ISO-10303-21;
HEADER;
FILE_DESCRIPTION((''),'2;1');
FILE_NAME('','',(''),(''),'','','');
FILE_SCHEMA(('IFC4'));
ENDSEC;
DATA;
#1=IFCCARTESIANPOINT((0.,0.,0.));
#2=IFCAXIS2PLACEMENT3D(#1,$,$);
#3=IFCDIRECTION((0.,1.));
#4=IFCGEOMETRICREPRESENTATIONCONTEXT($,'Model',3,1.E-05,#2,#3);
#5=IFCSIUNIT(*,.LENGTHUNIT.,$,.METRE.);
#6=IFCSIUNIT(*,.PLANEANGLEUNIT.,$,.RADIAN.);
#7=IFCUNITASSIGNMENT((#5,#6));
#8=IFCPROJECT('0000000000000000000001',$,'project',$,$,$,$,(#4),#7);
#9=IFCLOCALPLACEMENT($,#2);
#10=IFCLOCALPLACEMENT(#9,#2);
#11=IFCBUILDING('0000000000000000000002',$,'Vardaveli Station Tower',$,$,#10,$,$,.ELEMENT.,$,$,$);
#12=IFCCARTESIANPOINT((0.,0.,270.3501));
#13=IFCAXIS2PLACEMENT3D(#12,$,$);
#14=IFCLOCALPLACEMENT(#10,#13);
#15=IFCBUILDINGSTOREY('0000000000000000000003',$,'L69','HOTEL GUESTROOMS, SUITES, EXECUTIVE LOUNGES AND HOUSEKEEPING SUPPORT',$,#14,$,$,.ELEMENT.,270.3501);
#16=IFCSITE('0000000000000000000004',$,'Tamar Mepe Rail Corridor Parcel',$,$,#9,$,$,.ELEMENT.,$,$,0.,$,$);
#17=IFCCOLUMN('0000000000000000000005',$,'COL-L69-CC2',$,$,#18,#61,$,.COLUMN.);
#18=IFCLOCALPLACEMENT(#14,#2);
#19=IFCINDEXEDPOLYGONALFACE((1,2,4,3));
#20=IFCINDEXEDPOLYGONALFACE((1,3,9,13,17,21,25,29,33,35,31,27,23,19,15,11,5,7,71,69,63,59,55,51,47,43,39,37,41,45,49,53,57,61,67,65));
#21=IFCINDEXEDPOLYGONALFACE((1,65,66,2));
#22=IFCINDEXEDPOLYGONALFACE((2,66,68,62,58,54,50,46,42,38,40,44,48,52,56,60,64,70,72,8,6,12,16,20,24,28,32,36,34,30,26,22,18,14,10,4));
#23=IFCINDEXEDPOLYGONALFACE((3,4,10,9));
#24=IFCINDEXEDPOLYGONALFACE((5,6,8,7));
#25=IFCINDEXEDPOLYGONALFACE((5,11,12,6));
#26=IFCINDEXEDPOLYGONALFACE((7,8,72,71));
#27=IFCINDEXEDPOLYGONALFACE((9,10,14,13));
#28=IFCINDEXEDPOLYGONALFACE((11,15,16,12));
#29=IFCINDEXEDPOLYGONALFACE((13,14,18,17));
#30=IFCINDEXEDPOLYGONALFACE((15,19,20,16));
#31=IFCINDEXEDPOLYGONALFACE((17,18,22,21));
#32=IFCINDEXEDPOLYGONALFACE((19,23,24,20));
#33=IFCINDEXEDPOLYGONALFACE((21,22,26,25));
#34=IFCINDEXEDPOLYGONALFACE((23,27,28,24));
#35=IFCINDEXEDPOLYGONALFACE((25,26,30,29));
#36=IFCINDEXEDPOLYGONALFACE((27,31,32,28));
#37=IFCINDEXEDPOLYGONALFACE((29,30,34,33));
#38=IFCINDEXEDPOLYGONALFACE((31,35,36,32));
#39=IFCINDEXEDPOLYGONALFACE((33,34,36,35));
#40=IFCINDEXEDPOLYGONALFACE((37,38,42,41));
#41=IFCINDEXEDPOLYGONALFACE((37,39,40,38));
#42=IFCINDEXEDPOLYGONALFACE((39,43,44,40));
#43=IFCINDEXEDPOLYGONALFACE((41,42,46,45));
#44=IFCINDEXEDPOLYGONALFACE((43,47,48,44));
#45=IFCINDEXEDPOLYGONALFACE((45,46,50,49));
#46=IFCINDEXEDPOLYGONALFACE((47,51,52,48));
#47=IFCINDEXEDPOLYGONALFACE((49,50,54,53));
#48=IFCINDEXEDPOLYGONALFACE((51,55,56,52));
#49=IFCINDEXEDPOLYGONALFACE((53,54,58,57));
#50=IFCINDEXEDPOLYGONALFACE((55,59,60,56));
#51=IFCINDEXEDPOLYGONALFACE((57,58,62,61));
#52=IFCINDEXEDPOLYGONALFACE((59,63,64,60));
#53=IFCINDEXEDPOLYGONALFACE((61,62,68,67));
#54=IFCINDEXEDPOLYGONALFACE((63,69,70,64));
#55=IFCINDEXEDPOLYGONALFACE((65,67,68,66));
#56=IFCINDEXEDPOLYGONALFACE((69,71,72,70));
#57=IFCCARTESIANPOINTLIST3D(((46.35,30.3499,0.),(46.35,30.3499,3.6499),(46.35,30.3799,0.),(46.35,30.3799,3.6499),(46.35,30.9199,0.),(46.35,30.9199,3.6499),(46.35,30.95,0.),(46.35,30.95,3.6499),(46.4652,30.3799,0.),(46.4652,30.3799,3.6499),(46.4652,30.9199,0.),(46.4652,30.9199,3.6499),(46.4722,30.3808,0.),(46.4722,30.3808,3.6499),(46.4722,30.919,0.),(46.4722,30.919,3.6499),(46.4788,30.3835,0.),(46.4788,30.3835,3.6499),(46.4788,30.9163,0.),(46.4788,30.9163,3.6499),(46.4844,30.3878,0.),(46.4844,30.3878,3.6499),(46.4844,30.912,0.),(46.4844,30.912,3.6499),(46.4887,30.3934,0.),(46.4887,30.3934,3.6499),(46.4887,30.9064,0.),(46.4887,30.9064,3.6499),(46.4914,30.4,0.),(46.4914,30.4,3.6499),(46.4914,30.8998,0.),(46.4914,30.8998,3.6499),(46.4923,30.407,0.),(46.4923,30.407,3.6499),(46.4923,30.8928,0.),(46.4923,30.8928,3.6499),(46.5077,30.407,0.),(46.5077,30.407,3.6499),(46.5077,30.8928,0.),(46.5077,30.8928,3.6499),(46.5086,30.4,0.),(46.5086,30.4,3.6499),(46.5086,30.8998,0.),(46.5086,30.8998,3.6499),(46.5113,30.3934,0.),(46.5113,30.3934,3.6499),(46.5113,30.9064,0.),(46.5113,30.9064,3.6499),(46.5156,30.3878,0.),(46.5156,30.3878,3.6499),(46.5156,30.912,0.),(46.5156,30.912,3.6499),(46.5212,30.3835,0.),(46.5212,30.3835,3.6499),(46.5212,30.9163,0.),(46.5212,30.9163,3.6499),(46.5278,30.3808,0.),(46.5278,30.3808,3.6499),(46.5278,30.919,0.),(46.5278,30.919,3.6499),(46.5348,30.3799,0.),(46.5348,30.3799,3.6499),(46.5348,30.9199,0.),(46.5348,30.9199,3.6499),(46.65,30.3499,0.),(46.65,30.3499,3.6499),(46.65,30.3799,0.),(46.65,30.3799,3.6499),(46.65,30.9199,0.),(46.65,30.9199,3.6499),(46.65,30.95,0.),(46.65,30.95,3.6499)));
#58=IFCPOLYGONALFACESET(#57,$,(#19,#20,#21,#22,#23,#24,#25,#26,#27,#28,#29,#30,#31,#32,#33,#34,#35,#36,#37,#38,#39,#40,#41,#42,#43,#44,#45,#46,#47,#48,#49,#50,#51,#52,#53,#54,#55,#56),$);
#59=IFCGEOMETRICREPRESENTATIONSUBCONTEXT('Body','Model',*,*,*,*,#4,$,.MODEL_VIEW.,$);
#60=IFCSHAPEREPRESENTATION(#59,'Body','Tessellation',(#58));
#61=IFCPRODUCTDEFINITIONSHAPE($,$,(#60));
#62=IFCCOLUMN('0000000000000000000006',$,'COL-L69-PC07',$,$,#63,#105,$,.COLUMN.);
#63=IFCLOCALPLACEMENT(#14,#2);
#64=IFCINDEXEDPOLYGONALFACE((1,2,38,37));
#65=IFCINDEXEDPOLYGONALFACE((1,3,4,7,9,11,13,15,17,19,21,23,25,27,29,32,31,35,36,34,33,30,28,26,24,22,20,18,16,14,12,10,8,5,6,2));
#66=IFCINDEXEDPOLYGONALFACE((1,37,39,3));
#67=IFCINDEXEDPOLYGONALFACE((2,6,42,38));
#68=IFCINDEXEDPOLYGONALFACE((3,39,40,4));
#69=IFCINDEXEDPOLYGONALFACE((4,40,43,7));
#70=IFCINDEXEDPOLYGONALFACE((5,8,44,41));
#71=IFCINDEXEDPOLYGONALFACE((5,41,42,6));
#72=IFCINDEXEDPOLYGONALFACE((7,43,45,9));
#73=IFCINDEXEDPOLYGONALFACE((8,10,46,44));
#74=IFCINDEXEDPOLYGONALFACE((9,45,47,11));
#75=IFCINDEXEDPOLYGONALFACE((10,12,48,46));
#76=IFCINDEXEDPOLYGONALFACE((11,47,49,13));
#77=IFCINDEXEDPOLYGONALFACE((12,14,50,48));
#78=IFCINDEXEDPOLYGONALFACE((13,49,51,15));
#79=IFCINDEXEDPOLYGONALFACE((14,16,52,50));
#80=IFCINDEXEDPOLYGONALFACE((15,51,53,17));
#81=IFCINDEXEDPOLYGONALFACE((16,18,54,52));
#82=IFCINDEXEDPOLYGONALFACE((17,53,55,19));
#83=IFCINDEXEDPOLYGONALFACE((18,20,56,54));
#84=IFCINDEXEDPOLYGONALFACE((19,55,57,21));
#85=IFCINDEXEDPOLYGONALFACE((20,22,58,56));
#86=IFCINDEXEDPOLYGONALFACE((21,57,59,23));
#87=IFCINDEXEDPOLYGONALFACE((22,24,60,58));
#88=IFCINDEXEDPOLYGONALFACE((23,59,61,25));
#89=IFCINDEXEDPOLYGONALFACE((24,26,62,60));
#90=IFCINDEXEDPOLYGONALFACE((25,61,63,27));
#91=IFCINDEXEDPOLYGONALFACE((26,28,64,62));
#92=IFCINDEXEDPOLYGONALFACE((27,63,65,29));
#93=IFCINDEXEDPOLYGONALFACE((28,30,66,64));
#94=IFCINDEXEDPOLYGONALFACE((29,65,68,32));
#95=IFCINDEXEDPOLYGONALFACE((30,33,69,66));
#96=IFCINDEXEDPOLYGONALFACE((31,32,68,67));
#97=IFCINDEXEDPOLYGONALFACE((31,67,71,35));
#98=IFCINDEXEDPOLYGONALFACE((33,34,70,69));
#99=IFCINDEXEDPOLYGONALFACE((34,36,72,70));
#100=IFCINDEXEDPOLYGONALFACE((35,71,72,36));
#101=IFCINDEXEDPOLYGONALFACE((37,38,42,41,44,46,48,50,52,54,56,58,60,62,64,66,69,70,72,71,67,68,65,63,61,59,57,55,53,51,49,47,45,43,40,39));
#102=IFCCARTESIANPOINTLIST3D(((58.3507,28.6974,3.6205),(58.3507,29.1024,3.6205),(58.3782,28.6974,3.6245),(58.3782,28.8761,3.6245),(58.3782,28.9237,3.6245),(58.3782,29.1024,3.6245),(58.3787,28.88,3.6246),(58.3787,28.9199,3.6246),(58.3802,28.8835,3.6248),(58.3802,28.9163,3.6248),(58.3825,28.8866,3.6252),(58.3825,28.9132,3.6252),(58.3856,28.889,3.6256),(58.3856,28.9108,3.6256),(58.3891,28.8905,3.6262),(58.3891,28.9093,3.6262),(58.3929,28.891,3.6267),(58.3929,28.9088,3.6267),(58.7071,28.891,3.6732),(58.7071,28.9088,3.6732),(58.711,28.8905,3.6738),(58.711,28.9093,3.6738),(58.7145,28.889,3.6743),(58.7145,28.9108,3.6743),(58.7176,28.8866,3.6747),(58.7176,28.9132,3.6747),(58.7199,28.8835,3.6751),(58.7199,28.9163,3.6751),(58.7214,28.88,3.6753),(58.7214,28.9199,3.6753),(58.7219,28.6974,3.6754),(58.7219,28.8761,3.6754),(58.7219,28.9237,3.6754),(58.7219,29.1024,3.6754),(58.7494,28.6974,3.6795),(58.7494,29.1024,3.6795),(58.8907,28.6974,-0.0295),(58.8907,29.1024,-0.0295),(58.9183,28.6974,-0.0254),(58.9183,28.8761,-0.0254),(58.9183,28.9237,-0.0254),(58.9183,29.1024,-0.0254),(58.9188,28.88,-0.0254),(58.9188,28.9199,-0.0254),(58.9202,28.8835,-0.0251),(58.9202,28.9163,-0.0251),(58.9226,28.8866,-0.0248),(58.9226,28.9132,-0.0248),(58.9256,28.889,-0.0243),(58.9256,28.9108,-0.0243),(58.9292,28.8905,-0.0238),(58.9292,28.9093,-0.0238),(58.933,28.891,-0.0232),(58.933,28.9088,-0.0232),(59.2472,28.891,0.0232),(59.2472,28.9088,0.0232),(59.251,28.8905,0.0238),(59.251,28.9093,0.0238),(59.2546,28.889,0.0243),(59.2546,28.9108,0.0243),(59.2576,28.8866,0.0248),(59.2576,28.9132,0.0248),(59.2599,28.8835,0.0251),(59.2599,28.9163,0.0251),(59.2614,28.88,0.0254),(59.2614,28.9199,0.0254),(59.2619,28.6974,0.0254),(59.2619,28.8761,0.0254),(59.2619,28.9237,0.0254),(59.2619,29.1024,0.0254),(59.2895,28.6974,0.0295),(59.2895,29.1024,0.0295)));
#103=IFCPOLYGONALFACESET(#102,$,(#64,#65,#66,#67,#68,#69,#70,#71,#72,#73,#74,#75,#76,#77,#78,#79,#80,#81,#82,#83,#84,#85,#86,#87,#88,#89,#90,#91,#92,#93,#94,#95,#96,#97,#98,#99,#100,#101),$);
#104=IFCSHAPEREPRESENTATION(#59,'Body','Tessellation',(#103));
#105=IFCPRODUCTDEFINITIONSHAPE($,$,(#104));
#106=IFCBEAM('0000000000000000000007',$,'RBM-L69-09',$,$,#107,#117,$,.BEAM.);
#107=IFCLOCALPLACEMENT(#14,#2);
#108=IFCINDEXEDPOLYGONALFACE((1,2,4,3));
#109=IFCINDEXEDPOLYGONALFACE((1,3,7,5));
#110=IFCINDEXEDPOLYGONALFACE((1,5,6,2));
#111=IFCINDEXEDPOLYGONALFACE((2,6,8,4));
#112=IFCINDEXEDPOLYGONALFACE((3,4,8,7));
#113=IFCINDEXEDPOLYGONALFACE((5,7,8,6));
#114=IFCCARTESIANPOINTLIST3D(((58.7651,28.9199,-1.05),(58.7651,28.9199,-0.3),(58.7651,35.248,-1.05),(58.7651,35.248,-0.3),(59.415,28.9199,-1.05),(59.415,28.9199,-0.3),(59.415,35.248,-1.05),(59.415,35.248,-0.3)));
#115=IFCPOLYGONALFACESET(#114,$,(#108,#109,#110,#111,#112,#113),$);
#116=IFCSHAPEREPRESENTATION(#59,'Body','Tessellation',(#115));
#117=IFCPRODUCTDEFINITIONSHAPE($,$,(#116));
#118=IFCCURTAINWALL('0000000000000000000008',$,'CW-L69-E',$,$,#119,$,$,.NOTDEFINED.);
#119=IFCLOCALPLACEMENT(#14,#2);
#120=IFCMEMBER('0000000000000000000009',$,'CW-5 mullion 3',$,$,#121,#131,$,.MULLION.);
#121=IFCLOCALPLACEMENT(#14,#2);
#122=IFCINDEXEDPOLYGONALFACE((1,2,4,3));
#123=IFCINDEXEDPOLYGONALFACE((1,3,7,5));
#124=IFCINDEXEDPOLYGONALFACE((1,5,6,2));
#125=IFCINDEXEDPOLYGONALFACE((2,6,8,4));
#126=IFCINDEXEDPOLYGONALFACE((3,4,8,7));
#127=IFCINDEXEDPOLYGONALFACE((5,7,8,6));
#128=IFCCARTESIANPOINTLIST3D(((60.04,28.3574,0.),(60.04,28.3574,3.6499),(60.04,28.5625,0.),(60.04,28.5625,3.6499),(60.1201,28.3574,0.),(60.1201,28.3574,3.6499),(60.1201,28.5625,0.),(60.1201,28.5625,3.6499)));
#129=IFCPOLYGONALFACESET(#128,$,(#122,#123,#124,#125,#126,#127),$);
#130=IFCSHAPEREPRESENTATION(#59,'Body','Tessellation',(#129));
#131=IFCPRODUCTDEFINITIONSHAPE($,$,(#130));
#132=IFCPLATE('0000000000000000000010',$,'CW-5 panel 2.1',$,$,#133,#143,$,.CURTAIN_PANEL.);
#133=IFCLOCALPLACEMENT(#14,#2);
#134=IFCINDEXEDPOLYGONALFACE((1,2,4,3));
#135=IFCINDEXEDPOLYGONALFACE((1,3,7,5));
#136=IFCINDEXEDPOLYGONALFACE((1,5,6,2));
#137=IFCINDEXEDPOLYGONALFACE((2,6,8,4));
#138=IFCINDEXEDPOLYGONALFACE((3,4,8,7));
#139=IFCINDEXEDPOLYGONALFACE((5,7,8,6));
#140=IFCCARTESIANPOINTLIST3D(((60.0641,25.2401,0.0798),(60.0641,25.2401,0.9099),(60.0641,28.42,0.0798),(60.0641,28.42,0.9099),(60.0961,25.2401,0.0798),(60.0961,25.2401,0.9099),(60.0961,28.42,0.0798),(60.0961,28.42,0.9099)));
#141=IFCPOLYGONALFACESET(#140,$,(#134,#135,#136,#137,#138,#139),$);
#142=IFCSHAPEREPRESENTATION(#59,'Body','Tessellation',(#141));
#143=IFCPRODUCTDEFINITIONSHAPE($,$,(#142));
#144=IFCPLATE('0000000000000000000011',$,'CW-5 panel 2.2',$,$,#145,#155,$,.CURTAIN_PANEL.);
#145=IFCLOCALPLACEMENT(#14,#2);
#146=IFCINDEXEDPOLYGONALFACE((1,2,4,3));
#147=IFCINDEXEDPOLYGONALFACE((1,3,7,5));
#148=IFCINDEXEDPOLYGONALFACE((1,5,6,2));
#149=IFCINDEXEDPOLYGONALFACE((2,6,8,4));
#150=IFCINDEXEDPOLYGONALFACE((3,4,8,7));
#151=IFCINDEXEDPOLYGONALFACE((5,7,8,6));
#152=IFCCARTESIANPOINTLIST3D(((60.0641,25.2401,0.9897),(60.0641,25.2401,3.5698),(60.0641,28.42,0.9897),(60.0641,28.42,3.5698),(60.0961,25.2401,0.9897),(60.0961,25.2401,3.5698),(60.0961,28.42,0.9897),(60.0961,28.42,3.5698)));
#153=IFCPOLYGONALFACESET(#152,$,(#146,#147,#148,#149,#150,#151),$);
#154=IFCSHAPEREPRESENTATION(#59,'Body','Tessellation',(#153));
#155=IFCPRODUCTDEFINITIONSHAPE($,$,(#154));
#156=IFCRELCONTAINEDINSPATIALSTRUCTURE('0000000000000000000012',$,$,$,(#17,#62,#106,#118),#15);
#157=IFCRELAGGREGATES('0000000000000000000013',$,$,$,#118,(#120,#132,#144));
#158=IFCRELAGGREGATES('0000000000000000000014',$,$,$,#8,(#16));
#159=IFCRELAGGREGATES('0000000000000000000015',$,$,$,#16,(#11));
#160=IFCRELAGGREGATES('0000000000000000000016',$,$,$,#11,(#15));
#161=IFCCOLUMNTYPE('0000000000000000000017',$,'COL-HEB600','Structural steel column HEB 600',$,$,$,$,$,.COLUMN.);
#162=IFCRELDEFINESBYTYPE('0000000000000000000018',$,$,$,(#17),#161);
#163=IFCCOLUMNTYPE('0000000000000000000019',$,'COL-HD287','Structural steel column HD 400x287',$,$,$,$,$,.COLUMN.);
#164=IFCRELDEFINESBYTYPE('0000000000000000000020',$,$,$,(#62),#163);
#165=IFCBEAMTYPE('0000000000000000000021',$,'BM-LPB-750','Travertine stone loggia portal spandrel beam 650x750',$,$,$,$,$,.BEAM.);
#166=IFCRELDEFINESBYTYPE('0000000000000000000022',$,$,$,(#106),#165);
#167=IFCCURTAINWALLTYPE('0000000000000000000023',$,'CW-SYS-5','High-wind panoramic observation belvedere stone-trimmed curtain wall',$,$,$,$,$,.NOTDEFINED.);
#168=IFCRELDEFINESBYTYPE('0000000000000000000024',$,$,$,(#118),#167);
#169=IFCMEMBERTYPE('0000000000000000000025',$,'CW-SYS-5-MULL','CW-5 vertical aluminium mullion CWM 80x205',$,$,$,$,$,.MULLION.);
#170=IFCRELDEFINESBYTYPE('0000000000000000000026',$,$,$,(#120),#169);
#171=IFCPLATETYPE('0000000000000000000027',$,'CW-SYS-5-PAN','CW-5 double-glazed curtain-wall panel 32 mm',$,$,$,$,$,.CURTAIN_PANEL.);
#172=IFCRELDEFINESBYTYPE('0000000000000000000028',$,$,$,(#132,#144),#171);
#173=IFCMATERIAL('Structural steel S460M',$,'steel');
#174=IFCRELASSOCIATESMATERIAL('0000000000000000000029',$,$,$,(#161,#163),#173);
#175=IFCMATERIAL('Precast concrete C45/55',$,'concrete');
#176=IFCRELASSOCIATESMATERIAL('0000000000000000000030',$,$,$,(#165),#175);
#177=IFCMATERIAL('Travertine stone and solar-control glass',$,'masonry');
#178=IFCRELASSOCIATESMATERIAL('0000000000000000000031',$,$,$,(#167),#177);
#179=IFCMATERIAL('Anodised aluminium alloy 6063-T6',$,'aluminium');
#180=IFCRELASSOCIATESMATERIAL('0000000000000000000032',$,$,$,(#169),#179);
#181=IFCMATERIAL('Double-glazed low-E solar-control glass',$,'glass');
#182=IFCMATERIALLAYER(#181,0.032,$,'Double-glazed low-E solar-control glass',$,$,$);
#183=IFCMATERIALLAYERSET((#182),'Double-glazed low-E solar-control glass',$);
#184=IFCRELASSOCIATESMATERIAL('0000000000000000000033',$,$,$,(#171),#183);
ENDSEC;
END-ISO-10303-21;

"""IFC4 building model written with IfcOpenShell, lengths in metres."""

from ifc_helpers import new_model, si_unit, direction, frame, origin, origin_2d, place, context, subcontext, project, spatial, rectangle, i_section, extrude, source, transform, mapped, material, layer, layer_set, material_profile, profile_set, type_object, element, aggregate, save


model = new_model("IFC4")

# Units and contexts
model_context = context("Model", 3, precision=1e-05, world=origin(), true_north=direction((0.0, 1.0)))
body_context = subcontext(model_context, "Body", "Model", "MODEL_VIEW")
ifc_project = project(units=[si_unit("LENGTHUNIT", "METRE"), si_unit("PLANEANGLEUNIT", "RADIAN")], contexts=[model_context])

# Site, building, storey
site_placement = place(None, origin())
site = spatial("IfcSite", under=ifc_project, at=site_placement, Name="Tamar Mepe Rail Corridor Parcel", CompositionType="ELEMENT", RefElevation=0.0)
building_placement = place(site_placement, origin())
building = spatial("IfcBuilding", under=site, at=building_placement, Name="Vardaveli Station Tower", CompositionType="ELEMENT")
storey_placement = place(building_placement, frame((0.0, 0.0, 270.3501)))
storey = spatial("IfcBuildingStorey", under=building, at=storey_placement, Name="L69", Description="HOTEL GUESTROOMS, SUITES, EXECUTIVE LOUNGES AND HOUSEKEEPING SUPPORT", CompositionType="ELEMENT", Elevation=270.3501)

# Columns
ifc_material_1 = material(Name="Structural steel S460M", Category="steel")
ifc_material_profile_1 = material_profile(ifc_material_1, i_section(OverallWidth=0.3, OverallDepth=0.6001, WebThickness=0.0154, FlangeThickness=0.03, FilletRadius=0.0271, at=origin_2d()), Name="HEB 600")
ifc_profile_set_1 = profile_set([ifc_material_profile_1], Name="Structural steel S460M")
column_type_1 = type_object("IfcColumnType", Name="COL-HEB600", Description="Structural steel column HEB 600", PredefinedType="COLUMN", material=ifc_profile_set_1)
shared_shape_1 = source(origin(), body_context, "Body", "SweptSolid", [
    extrude(i_section(OverallWidth=0.3, OverallDepth=0.6001, WebThickness=0.0154, FlangeThickness=0.03, FilletRadius=0.0271, at=origin_2d()), origin(), (0.0, 0.0, 1.0), 3.6499),
])
column_1_placement = place(storey_placement, frame((46.5, 30.6499, 0.0), z_axis=(0.0, 0.0, 1.0), x_axis=(1.0, 0.0, 0.0)))
element("IfcColumn", 1, at=column_1_placement, inside=storey, type_object=column_type_1, Name="COL-L69-CC2", PredefinedType="COLUMN", context=body_context, shape_type="MappedRepresentation", body=[
    mapped(shared_shape_1, transform((0.0, 0.0, 0.0), scale=1.0)),
])
ifc_material_profile_2 = material_profile(ifc_material_1, i_section(OverallWidth=0.405, OverallDepth=0.4031, WebThickness=0.0178, FlangeThickness=0.0278, FilletRadius=0.0149, at=origin_2d()), Name="HD 400x287")
ifc_profile_set_2 = profile_set([ifc_material_profile_2], Name="Structural steel S460M")
column_type_2 = type_object("IfcColumnType", Name="COL-HD287", Description="Structural steel column HD 400x287", PredefinedType="COLUMN", material=ifc_profile_set_2)
shared_shape_2 = source(origin(), body_context, "Body", "SweptSolid", [
    extrude(i_section(OverallWidth=0.405, OverallDepth=0.4031, WebThickness=0.0178, FlangeThickness=0.0278, FilletRadius=0.0149, at=origin_2d()), origin(), (0.0, 0.0, 1.0), 3.6897),
])
column_2_placement = place(storey_placement, frame((59.0901, 28.8999, 0.0), z_axis=(-0.146366, 0.0, 0.98923), x_axis=(0.0, -1.0, 0.0)))
element("IfcColumn", 2, at=column_2_placement, inside=storey, type_object=column_type_2, Name="COL-L69-PC07", PredefinedType="COLUMN", context=body_context, shape_type="MappedRepresentation", body=[
    mapped(shared_shape_2, transform((0.0, 0.0, 0.0), scale=1.0)),
])

# Beam
ifc_material_2 = material(Name="Precast concrete C45/55", Category="concrete")
ifc_material_profile_3 = material_profile(ifc_material_2, rectangle(XDim=0.6499, YDim=0.75, at=origin_2d()), Name="LPB 650x750")
ifc_profile_set_3 = profile_set([ifc_material_profile_3], Name="Precast concrete C45/55")
beam_type = type_object("IfcBeamType", Name="BM-LPB-750", Description="Travertine stone loggia portal spandrel beam 650x750", PredefinedType="BEAM", material=ifc_profile_set_3)
shared_shape_3 = source(origin(), body_context, "Body", "SweptSolid", [
    extrude(rectangle(XDim=0.6499, YDim=0.75, at=origin_2d()), origin(), (0.0, 0.0, 1.0), 6.3281),
])
beam_placement = place(storey_placement, frame((59.0901, 28.9199, -0.675), z_axis=(0.0, 1.0, 0.0), x_axis=(-1.0, 0.0, 0.0)))
element("IfcBeam", 3, at=beam_placement, inside=storey, type_object=beam_type, Name="RBM-L69-09", PredefinedType="BEAM", context=body_context, shape_type="MappedRepresentation", body=[
    mapped(shared_shape_3, transform((0.0, 0.0, 0.0), scale=1.0)),
])

# Curtain wall, member, plates
ifc_material_3 = material(Name="Travertine stone and solar-control glass", Category="masonry")
curtain_wall_type = type_object("IfcCurtainWallType", Name="CW-SYS-5", Description="High-wind panoramic observation belvedere stone-trimmed curtain wall", PredefinedType="NOTDEFINED", material=ifc_material_3)
curtain_wall_placement = place(storey_placement, origin())
curtain_wall = element("IfcCurtainWall", 4, at=curtain_wall_placement, inside=storey, type_object=curtain_wall_type, Name="CW-L69-E", PredefinedType="NOTDEFINED")
ifc_material_4 = material(Name="Anodised aluminium alloy 6063-T6", Category="aluminium")
ifc_material_profile_4 = material_profile(ifc_material_4, rectangle(XDim=0.0801, YDim=0.2051, at=origin_2d()), Name="CWM 80x205")
ifc_profile_set_4 = profile_set([ifc_material_profile_4], Name="Anodised aluminium alloy 6063-T6")
member_type = type_object("IfcMemberType", Name="CW-SYS-5-MULL", Description="CW-5 vertical aluminium mullion CWM 80x205", PredefinedType="MULLION", material=ifc_profile_set_4)
shared_shape_4 = source(origin(), body_context, "Body", "SweptSolid", [
    extrude(rectangle(XDim=0.0801, YDim=0.2051, at=origin_2d()), origin(), (0.0, 0.0, 1.0), 3.6499),
])
member_placement = place(storey_placement, frame((60.0801, 28.46, 0.0), z_axis=(0.0, 0.0, 1.0), x_axis=(-1.0, 0.0, 0.0)))
member = element("IfcMember", 5, at=member_placement, type_object=member_type, Name="CW-5 mullion 3", PredefinedType="MULLION", context=body_context, shape_type="MappedRepresentation", body=[
    mapped(shared_shape_4, transform((0.0, 0.0, 0.0), scale=1.0)),
])
ifc_material_5 = material(Name="Double-glazed low-E solar-control glass", Category="glass")
ifc_layer_1 = layer(ifc_material_5, 0.032, Name="Double-glazed low-E solar-control glass")
ifc_layer_set_1 = layer_set([ifc_layer_1], Name="Double-glazed low-E solar-control glass")
plate_type = type_object("IfcPlateType", Name="CW-SYS-5-PAN", Description="CW-5 double-glazed curtain-wall panel 32 mm", PredefinedType="CURTAIN_PANEL", material=ifc_layer_set_1)
shared_shape_5 = source(origin(), body_context, "Body", "SweptSolid", [
    extrude(rectangle(XDim=3.1799, YDim=0.032, at=origin_2d()), origin(), (0.0, 0.0, 1.0), 0.8301),
])
plate_1_placement = place(storey_placement, frame((60.0801, 26.8301, 0.0798), z_axis=(0.0, 0.0, 1.0), x_axis=(0.0, 1.0, 0.0)))
plate_1 = element("IfcPlate", 6, at=plate_1_placement, type_object=plate_type, Name="CW-5 panel 2.1", PredefinedType="CURTAIN_PANEL", context=body_context, shape_type="MappedRepresentation", body=[
    mapped(shared_shape_5, transform((0.0, 0.0, 0.0), scale=1.0)),
])
shared_shape_6 = source(origin(), body_context, "Body", "SweptSolid", [
    extrude(rectangle(XDim=3.1799, YDim=0.032, at=origin_2d()), origin(), (0.0, 0.0, 1.0), 2.5801),
])
plate_2_placement = place(storey_placement, frame((60.0801, 26.8301, 0.9897), z_axis=(0.0, 0.0, 1.0), x_axis=(0.0, 1.0, 0.0)))
plate_2 = element("IfcPlate", 7, at=plate_2_placement, type_object=plate_type, Name="CW-5 panel 2.2", PredefinedType="CURTAIN_PANEL", context=body_context, shape_type="MappedRepresentation", body=[
    mapped(shared_shape_6, transform((0.0, 0.0, 0.0), scale=1.0)),
])
aggregate(curtain_wall, [member, plate_1, plate_2])

save(model, "model.ifc")
